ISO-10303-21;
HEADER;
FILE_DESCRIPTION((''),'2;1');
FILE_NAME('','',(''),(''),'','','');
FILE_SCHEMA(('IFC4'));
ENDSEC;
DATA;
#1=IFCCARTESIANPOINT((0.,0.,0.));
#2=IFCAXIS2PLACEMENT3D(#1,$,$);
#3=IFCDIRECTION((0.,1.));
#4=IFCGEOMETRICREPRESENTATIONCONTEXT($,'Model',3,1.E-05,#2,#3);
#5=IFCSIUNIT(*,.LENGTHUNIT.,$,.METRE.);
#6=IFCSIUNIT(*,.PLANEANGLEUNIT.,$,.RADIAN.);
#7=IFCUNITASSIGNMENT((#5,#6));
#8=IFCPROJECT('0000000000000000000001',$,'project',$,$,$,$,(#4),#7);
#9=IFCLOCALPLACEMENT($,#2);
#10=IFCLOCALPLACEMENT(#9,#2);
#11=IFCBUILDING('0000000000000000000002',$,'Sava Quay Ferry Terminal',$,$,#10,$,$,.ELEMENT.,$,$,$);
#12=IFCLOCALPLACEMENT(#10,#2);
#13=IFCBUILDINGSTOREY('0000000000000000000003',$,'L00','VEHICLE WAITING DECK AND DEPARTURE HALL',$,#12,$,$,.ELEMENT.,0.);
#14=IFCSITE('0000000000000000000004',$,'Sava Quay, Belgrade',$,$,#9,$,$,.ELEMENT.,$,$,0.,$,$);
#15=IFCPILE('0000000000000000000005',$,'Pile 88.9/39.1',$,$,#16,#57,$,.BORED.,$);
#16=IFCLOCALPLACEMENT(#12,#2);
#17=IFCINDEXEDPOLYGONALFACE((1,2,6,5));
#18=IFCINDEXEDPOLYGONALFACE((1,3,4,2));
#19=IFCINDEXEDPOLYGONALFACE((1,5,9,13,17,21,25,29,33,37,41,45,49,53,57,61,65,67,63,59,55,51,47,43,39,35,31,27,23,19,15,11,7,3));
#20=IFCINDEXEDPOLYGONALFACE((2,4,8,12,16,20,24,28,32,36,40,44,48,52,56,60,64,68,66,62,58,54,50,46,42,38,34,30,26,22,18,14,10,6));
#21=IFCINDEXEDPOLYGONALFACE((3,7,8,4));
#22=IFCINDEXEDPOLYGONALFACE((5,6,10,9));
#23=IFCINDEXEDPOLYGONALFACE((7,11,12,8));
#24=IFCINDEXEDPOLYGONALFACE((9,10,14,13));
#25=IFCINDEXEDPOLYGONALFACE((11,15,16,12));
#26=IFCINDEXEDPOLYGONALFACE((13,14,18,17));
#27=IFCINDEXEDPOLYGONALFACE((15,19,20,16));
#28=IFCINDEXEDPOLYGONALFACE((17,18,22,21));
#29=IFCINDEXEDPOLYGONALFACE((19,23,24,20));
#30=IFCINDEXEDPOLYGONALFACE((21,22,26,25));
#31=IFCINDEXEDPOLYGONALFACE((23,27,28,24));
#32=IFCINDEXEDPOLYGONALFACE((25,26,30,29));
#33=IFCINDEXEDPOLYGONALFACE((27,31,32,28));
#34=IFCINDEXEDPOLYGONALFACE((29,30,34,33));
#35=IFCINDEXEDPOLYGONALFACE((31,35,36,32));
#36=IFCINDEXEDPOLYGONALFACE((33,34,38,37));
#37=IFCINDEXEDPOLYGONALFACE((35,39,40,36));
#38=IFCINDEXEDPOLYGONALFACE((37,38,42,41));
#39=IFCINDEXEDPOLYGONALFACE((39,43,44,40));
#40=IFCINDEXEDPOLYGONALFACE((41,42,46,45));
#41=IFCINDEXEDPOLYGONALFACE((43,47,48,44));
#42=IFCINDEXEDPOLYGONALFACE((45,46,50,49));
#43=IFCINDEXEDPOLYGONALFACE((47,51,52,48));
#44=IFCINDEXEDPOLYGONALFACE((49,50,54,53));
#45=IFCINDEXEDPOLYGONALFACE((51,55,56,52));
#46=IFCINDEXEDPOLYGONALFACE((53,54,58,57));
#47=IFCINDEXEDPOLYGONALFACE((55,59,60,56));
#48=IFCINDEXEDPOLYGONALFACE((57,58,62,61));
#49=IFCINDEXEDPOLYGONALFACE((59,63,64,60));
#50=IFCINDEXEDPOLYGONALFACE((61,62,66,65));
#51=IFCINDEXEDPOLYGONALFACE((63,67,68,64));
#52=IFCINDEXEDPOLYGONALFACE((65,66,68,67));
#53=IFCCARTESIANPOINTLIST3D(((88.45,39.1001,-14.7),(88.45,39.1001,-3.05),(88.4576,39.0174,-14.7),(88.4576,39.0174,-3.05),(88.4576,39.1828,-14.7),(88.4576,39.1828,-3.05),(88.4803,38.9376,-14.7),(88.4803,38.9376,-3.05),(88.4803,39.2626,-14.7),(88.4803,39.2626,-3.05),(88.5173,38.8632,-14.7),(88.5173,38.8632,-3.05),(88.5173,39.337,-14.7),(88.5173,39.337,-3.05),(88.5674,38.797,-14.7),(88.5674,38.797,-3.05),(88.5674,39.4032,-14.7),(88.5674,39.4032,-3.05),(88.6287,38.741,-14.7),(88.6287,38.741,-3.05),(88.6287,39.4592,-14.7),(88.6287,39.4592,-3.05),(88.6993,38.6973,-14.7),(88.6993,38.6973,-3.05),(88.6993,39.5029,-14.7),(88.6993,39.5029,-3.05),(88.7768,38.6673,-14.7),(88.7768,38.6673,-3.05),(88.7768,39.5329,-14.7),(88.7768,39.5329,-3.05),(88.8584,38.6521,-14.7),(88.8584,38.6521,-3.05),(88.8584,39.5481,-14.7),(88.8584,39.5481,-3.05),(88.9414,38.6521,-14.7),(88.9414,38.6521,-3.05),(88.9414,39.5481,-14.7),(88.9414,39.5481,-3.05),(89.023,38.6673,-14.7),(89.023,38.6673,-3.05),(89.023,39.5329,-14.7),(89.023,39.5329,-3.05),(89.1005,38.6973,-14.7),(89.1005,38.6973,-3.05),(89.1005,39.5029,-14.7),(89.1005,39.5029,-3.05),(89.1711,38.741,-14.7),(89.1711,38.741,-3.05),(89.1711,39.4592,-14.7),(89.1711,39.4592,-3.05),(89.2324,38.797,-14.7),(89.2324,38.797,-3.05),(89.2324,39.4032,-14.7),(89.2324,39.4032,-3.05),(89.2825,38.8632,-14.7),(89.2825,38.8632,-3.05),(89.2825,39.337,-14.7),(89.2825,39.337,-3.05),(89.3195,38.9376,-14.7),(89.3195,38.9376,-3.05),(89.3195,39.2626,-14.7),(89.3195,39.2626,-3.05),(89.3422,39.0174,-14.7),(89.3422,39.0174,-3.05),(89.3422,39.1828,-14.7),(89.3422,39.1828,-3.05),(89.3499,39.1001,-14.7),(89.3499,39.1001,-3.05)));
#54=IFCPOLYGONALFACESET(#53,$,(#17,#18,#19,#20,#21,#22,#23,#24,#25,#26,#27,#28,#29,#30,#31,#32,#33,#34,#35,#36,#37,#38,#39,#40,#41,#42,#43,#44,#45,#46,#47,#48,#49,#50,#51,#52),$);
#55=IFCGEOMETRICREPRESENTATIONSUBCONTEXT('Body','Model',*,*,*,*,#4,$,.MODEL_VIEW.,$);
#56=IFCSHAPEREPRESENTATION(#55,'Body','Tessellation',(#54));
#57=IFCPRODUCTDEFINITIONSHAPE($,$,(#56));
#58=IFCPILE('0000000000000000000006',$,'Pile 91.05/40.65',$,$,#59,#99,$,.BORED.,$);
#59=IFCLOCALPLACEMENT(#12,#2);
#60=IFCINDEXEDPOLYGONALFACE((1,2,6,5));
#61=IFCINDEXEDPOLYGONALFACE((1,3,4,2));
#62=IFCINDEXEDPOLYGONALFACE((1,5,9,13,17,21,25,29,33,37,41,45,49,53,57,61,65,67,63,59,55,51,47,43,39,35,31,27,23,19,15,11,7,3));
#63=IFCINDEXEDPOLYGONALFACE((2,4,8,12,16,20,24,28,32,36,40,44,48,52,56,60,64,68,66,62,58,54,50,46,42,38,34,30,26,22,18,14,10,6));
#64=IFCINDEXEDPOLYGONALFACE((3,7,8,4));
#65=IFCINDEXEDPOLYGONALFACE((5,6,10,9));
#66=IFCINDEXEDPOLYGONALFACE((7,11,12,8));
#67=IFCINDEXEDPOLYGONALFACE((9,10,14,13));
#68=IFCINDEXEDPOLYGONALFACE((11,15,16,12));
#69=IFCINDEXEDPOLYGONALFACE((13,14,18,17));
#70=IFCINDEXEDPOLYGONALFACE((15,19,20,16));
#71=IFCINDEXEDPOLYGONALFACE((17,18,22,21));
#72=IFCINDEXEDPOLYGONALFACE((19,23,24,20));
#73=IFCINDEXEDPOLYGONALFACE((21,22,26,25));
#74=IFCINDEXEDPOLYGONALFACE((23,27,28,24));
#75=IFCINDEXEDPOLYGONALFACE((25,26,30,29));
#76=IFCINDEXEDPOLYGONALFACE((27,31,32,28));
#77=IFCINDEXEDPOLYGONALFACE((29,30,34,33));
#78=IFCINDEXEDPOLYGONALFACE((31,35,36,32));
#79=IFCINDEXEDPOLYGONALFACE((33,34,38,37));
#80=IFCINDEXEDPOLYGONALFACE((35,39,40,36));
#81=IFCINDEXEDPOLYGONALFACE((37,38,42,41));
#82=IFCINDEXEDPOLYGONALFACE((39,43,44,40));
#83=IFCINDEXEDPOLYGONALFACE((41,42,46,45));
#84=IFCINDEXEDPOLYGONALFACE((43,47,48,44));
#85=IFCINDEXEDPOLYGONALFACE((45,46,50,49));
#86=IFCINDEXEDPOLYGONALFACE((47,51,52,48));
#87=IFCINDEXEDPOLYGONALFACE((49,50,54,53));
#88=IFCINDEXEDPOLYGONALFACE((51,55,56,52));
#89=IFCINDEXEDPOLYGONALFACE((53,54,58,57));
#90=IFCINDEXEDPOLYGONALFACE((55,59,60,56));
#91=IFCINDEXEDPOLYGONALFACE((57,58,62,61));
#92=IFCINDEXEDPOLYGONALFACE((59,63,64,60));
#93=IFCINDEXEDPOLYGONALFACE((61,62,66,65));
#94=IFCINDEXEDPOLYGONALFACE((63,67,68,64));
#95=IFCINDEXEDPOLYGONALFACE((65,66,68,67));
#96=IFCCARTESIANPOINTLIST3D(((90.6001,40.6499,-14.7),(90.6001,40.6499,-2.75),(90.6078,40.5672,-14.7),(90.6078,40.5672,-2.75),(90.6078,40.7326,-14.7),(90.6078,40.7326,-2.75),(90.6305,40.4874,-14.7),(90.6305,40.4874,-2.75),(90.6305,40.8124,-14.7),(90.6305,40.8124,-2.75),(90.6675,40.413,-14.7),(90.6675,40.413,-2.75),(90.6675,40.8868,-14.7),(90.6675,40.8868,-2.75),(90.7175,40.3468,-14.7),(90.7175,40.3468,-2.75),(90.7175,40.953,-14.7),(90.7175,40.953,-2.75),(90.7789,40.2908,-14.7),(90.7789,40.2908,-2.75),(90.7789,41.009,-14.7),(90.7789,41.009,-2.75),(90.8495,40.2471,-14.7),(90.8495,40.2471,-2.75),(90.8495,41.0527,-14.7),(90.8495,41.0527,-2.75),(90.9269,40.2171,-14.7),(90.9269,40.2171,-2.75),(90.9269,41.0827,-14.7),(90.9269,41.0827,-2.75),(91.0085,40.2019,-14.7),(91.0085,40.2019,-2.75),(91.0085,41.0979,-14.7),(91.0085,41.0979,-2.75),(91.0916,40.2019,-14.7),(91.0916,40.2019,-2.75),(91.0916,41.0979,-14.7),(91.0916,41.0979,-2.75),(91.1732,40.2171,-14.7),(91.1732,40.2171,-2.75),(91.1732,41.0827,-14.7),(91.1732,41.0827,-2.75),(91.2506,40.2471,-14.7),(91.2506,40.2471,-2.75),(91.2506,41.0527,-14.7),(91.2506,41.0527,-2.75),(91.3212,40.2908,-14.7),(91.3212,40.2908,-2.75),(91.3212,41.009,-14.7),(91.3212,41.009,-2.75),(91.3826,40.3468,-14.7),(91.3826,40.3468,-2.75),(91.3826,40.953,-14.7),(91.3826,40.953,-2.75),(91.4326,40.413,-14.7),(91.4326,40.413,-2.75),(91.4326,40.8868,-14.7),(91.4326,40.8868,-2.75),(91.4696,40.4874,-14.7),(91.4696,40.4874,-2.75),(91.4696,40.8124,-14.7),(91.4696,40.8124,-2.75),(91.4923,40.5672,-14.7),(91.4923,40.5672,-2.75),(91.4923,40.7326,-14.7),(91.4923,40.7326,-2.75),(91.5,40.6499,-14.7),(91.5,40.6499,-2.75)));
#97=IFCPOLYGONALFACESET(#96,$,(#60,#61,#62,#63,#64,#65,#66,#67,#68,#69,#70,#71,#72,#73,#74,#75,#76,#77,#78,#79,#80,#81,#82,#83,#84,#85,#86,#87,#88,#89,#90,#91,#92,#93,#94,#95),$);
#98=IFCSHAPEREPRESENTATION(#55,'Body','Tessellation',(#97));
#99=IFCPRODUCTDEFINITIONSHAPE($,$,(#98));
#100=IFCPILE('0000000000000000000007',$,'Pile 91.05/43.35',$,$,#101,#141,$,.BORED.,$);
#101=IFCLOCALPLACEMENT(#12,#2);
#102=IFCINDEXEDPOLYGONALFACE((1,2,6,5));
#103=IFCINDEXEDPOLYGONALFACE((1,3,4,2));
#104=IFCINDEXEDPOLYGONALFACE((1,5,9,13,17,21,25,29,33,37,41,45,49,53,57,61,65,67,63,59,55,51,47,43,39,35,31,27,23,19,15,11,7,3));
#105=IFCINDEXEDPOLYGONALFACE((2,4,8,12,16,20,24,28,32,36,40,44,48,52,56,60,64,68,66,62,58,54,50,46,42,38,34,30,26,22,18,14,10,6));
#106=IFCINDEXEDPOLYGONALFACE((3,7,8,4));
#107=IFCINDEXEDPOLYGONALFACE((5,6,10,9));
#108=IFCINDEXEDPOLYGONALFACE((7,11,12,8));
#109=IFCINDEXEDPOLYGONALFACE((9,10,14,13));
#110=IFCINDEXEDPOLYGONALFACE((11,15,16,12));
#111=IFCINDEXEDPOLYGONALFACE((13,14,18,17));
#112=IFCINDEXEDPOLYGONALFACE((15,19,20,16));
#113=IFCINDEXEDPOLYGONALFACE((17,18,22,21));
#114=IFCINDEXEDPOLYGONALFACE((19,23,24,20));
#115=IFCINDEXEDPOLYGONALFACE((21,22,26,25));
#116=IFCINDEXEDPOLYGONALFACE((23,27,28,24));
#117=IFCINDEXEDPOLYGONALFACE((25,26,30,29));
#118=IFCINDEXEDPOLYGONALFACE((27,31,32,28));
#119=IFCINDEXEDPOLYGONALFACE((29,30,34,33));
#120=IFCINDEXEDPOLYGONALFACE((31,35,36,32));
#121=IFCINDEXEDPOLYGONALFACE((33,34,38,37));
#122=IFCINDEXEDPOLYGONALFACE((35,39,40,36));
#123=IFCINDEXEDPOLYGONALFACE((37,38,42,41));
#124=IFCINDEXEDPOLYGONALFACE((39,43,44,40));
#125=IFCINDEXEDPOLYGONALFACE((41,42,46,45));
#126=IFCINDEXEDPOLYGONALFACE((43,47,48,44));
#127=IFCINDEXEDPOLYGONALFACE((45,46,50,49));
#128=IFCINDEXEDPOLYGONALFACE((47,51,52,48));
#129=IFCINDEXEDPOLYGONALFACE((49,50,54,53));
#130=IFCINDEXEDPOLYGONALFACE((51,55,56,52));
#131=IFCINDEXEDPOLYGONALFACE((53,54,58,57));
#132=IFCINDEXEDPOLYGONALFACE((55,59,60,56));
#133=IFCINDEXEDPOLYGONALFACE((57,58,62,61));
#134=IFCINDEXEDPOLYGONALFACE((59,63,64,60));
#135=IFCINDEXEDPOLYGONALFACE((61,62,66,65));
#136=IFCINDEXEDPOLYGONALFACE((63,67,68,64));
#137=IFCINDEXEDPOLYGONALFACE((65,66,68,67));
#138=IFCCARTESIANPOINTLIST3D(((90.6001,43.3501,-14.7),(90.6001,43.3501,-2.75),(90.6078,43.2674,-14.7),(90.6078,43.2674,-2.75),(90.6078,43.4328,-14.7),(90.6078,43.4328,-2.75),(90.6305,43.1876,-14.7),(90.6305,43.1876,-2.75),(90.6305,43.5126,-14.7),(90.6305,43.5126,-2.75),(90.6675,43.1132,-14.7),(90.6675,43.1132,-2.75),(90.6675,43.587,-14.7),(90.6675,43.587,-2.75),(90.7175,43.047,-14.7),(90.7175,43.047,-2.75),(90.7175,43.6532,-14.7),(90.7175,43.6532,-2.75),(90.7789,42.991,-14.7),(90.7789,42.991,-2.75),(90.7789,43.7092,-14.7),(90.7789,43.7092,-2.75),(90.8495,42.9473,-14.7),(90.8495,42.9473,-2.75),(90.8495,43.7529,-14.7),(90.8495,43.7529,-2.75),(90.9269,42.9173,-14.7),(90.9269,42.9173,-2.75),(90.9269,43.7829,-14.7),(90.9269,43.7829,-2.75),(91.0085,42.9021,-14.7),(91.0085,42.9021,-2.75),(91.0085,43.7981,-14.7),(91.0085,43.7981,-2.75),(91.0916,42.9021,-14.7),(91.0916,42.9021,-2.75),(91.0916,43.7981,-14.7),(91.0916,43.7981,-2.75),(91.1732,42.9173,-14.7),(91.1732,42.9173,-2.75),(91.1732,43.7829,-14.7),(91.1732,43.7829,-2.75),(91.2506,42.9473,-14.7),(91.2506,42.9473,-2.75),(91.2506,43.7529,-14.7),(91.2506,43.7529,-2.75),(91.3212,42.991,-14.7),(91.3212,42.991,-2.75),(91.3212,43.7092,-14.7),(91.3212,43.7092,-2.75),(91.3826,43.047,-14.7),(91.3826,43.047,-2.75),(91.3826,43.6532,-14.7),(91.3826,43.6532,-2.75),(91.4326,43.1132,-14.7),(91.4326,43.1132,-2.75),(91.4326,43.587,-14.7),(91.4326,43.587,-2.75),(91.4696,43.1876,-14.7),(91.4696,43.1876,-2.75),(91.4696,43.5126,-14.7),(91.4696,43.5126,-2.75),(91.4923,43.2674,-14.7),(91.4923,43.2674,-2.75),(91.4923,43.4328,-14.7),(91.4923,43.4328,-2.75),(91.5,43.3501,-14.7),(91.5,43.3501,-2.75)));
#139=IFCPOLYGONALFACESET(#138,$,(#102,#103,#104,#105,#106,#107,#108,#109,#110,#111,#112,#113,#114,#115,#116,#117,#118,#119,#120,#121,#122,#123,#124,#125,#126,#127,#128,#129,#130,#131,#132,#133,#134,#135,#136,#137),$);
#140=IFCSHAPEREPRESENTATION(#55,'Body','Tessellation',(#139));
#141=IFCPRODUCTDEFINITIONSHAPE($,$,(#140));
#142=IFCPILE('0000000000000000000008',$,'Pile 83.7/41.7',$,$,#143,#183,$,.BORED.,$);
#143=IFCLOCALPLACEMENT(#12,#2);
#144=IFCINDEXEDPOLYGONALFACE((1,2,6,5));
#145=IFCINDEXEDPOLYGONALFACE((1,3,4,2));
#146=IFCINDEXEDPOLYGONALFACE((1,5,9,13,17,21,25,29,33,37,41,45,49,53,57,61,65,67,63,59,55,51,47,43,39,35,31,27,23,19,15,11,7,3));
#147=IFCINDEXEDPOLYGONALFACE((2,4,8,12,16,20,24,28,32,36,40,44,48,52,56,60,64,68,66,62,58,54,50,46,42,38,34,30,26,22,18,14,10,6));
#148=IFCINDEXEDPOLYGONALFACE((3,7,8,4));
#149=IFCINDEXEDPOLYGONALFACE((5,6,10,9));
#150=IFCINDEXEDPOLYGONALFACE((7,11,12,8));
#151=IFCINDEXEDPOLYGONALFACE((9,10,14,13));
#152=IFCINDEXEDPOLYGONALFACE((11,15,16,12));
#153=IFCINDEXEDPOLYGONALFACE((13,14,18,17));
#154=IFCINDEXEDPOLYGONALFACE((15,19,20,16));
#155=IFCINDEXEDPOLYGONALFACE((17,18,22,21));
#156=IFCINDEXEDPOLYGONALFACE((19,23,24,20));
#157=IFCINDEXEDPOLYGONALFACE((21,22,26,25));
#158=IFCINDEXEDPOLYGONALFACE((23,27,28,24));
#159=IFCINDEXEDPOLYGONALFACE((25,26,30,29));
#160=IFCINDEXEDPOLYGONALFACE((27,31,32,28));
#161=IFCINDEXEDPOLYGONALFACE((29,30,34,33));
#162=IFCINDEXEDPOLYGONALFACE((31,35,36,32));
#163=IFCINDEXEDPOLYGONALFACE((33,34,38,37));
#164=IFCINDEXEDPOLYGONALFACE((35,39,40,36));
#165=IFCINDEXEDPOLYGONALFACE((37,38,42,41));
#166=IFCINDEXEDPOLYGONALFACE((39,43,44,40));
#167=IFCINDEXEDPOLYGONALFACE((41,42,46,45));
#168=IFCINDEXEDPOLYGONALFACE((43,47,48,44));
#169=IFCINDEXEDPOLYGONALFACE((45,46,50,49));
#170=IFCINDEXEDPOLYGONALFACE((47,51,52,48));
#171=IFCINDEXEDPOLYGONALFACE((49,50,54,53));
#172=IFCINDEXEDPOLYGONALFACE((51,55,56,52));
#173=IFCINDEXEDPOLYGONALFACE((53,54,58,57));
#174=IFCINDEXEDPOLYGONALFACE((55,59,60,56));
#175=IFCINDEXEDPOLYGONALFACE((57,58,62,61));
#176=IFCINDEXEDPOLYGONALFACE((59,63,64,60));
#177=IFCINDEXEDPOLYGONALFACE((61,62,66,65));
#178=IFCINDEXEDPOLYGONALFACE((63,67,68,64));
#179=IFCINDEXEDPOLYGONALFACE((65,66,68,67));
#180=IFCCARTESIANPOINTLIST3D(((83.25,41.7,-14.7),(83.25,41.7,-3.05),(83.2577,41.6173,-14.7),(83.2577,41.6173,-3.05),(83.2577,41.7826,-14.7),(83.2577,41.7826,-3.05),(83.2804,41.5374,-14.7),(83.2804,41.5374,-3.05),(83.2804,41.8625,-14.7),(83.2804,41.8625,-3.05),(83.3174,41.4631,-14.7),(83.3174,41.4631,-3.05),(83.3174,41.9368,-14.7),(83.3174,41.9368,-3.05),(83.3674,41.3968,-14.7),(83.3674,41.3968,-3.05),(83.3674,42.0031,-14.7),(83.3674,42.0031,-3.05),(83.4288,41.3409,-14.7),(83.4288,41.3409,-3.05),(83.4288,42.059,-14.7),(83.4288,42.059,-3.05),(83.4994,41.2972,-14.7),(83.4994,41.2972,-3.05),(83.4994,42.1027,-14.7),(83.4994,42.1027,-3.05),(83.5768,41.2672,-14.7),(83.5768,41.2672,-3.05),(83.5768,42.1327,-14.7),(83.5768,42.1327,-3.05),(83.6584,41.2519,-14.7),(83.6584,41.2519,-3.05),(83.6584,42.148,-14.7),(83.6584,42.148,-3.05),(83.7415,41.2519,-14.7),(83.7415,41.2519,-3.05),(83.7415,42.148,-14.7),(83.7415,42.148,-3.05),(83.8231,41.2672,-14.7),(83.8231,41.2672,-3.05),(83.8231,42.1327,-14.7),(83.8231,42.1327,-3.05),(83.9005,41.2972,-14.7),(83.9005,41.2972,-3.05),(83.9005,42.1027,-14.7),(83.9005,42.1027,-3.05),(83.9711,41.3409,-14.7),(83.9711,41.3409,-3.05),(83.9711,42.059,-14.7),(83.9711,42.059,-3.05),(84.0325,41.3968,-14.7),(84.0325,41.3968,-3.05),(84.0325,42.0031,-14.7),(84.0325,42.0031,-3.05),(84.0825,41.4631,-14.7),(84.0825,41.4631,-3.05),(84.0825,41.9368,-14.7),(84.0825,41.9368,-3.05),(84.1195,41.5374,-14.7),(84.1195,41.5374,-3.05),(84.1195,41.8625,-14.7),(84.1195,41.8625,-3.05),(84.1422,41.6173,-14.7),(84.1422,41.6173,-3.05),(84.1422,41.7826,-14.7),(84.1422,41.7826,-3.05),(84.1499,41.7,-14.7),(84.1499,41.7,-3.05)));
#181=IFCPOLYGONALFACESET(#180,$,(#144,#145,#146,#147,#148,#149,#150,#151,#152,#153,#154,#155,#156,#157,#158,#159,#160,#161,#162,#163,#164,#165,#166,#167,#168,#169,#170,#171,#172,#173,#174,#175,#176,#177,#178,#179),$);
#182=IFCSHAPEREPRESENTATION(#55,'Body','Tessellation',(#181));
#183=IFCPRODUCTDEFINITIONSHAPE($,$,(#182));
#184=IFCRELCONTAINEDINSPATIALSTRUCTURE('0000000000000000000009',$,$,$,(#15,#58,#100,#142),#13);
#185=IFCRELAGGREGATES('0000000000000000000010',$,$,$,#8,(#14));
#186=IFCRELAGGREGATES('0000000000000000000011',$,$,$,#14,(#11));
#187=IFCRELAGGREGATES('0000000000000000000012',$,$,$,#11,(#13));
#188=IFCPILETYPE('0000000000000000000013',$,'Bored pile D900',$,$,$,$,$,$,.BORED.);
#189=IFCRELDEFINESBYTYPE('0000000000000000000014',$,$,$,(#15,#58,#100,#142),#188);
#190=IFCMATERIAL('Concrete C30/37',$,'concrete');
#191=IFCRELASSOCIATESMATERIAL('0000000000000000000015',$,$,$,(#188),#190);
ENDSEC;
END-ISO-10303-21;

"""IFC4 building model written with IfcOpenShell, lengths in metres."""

from ifc_helpers import new_model, si_unit, direction, frame, origin, origin_2d, place, context, subcontext, project, spatial, circle, extrude, material, material_profile, profile_set, type_object, element, save


model = new_model("IFC4")

# Units and contexts
model_context = context("Model", 3, precision=1e-05, world=origin(), true_north=direction((0.0, 1.0)))
body_context = subcontext(model_context, "Body", "Model", "MODEL_VIEW")
ifc_project = project(units=[si_unit("LENGTHUNIT", "METRE"), si_unit("PLANEANGLEUNIT", "RADIAN")], contexts=[model_context])

# Site, building, storey
site_placement = place(None, origin())
site = spatial("IfcSite", under=ifc_project, at=site_placement, Name="Sava Quay, Belgrade", CompositionType="ELEMENT", RefElevation=0.0)
building_placement = place(site_placement, origin())
building = spatial("IfcBuilding", under=site, at=building_placement, Name="Sava Quay Ferry Terminal", CompositionType="ELEMENT")
storey_placement = place(building_placement, origin())
storey = spatial("IfcBuildingStorey", under=building, at=storey_placement, Name="L00", Description="VEHICLE WAITING DECK AND DEPARTURE HALL", CompositionType="ELEMENT", Elevation=0.0)

# Piles
ifc_material_1 = material(Name="Concrete C30/37", Category="concrete")
ifc_material_profile_1 = material_profile(ifc_material_1, circle(Radius=0.45, at=origin_2d()), Name="Bored pile D900")
ifc_profile_set_1 = profile_set([ifc_material_profile_1], Name="Concrete C30/37")
pile_type = type_object("IfcPileType", Name="Bored pile D900", PredefinedType="BORED", material=ifc_profile_set_1)
pile_placement = place(storey_placement, frame((88.8999, 39.1001, -3.05), z_axis=(0.0, 0.0, -1.0), x_axis=(1.0, 0.0, 0.0)))
element("IfcPile", 1, at=pile_placement, inside=storey, type_object=pile_type, Name="Pile 88.9/39.1", PredefinedType="BORED", context=body_context, shape_type="SweptSolid", body=[
    extrude(circle(Radius=0.45, at=origin_2d()), origin(), (0.0, 0.0, 1.0), 11.6499),
])
for number, where, z_axis, x_axis, name in (
    (2, (91.05, 40.6499, -2.75), (0.0, 0.0, -1.0), (1.0, 0.0, 0.0), "Pile 91.05/40.65"),
    (3, (91.05, 43.3501, -2.75), (0.0, 0.0, -1.0), (1.0, 0.0, 0.0), "Pile 91.05/43.35"),
):
    element("IfcPile", number, at=place(storey_placement, frame(where, z_axis=z_axis, x_axis=x_axis)), inside=storey, type_object=pile_type, Name=name, PredefinedType="BORED", context=body_context, shape_type="SweptSolid", body=[
        extrude(circle(Radius=0.45, at=origin_2d()), origin(), (0.0, 0.0, 1.0), 11.95),
    ])
for number, where, z_axis, x_axis, name in (
    (4, (83.7, 41.7, -3.05), (0.0, 0.0, -1.0), (1.0, 0.0, 0.0), "Pile 83.7/41.7"),
):
    element("IfcPile", number, at=place(storey_placement, frame(where, z_axis=z_axis, x_axis=x_axis)), inside=storey, type_object=pile_type, Name=name, PredefinedType="BORED", context=body_context, shape_type="SweptSolid", body=[
        extrude(circle(Radius=0.45, at=origin_2d()), origin(), (0.0, 0.0, 1.0), 11.6499),
    ])

save(model, "model.ifc")
